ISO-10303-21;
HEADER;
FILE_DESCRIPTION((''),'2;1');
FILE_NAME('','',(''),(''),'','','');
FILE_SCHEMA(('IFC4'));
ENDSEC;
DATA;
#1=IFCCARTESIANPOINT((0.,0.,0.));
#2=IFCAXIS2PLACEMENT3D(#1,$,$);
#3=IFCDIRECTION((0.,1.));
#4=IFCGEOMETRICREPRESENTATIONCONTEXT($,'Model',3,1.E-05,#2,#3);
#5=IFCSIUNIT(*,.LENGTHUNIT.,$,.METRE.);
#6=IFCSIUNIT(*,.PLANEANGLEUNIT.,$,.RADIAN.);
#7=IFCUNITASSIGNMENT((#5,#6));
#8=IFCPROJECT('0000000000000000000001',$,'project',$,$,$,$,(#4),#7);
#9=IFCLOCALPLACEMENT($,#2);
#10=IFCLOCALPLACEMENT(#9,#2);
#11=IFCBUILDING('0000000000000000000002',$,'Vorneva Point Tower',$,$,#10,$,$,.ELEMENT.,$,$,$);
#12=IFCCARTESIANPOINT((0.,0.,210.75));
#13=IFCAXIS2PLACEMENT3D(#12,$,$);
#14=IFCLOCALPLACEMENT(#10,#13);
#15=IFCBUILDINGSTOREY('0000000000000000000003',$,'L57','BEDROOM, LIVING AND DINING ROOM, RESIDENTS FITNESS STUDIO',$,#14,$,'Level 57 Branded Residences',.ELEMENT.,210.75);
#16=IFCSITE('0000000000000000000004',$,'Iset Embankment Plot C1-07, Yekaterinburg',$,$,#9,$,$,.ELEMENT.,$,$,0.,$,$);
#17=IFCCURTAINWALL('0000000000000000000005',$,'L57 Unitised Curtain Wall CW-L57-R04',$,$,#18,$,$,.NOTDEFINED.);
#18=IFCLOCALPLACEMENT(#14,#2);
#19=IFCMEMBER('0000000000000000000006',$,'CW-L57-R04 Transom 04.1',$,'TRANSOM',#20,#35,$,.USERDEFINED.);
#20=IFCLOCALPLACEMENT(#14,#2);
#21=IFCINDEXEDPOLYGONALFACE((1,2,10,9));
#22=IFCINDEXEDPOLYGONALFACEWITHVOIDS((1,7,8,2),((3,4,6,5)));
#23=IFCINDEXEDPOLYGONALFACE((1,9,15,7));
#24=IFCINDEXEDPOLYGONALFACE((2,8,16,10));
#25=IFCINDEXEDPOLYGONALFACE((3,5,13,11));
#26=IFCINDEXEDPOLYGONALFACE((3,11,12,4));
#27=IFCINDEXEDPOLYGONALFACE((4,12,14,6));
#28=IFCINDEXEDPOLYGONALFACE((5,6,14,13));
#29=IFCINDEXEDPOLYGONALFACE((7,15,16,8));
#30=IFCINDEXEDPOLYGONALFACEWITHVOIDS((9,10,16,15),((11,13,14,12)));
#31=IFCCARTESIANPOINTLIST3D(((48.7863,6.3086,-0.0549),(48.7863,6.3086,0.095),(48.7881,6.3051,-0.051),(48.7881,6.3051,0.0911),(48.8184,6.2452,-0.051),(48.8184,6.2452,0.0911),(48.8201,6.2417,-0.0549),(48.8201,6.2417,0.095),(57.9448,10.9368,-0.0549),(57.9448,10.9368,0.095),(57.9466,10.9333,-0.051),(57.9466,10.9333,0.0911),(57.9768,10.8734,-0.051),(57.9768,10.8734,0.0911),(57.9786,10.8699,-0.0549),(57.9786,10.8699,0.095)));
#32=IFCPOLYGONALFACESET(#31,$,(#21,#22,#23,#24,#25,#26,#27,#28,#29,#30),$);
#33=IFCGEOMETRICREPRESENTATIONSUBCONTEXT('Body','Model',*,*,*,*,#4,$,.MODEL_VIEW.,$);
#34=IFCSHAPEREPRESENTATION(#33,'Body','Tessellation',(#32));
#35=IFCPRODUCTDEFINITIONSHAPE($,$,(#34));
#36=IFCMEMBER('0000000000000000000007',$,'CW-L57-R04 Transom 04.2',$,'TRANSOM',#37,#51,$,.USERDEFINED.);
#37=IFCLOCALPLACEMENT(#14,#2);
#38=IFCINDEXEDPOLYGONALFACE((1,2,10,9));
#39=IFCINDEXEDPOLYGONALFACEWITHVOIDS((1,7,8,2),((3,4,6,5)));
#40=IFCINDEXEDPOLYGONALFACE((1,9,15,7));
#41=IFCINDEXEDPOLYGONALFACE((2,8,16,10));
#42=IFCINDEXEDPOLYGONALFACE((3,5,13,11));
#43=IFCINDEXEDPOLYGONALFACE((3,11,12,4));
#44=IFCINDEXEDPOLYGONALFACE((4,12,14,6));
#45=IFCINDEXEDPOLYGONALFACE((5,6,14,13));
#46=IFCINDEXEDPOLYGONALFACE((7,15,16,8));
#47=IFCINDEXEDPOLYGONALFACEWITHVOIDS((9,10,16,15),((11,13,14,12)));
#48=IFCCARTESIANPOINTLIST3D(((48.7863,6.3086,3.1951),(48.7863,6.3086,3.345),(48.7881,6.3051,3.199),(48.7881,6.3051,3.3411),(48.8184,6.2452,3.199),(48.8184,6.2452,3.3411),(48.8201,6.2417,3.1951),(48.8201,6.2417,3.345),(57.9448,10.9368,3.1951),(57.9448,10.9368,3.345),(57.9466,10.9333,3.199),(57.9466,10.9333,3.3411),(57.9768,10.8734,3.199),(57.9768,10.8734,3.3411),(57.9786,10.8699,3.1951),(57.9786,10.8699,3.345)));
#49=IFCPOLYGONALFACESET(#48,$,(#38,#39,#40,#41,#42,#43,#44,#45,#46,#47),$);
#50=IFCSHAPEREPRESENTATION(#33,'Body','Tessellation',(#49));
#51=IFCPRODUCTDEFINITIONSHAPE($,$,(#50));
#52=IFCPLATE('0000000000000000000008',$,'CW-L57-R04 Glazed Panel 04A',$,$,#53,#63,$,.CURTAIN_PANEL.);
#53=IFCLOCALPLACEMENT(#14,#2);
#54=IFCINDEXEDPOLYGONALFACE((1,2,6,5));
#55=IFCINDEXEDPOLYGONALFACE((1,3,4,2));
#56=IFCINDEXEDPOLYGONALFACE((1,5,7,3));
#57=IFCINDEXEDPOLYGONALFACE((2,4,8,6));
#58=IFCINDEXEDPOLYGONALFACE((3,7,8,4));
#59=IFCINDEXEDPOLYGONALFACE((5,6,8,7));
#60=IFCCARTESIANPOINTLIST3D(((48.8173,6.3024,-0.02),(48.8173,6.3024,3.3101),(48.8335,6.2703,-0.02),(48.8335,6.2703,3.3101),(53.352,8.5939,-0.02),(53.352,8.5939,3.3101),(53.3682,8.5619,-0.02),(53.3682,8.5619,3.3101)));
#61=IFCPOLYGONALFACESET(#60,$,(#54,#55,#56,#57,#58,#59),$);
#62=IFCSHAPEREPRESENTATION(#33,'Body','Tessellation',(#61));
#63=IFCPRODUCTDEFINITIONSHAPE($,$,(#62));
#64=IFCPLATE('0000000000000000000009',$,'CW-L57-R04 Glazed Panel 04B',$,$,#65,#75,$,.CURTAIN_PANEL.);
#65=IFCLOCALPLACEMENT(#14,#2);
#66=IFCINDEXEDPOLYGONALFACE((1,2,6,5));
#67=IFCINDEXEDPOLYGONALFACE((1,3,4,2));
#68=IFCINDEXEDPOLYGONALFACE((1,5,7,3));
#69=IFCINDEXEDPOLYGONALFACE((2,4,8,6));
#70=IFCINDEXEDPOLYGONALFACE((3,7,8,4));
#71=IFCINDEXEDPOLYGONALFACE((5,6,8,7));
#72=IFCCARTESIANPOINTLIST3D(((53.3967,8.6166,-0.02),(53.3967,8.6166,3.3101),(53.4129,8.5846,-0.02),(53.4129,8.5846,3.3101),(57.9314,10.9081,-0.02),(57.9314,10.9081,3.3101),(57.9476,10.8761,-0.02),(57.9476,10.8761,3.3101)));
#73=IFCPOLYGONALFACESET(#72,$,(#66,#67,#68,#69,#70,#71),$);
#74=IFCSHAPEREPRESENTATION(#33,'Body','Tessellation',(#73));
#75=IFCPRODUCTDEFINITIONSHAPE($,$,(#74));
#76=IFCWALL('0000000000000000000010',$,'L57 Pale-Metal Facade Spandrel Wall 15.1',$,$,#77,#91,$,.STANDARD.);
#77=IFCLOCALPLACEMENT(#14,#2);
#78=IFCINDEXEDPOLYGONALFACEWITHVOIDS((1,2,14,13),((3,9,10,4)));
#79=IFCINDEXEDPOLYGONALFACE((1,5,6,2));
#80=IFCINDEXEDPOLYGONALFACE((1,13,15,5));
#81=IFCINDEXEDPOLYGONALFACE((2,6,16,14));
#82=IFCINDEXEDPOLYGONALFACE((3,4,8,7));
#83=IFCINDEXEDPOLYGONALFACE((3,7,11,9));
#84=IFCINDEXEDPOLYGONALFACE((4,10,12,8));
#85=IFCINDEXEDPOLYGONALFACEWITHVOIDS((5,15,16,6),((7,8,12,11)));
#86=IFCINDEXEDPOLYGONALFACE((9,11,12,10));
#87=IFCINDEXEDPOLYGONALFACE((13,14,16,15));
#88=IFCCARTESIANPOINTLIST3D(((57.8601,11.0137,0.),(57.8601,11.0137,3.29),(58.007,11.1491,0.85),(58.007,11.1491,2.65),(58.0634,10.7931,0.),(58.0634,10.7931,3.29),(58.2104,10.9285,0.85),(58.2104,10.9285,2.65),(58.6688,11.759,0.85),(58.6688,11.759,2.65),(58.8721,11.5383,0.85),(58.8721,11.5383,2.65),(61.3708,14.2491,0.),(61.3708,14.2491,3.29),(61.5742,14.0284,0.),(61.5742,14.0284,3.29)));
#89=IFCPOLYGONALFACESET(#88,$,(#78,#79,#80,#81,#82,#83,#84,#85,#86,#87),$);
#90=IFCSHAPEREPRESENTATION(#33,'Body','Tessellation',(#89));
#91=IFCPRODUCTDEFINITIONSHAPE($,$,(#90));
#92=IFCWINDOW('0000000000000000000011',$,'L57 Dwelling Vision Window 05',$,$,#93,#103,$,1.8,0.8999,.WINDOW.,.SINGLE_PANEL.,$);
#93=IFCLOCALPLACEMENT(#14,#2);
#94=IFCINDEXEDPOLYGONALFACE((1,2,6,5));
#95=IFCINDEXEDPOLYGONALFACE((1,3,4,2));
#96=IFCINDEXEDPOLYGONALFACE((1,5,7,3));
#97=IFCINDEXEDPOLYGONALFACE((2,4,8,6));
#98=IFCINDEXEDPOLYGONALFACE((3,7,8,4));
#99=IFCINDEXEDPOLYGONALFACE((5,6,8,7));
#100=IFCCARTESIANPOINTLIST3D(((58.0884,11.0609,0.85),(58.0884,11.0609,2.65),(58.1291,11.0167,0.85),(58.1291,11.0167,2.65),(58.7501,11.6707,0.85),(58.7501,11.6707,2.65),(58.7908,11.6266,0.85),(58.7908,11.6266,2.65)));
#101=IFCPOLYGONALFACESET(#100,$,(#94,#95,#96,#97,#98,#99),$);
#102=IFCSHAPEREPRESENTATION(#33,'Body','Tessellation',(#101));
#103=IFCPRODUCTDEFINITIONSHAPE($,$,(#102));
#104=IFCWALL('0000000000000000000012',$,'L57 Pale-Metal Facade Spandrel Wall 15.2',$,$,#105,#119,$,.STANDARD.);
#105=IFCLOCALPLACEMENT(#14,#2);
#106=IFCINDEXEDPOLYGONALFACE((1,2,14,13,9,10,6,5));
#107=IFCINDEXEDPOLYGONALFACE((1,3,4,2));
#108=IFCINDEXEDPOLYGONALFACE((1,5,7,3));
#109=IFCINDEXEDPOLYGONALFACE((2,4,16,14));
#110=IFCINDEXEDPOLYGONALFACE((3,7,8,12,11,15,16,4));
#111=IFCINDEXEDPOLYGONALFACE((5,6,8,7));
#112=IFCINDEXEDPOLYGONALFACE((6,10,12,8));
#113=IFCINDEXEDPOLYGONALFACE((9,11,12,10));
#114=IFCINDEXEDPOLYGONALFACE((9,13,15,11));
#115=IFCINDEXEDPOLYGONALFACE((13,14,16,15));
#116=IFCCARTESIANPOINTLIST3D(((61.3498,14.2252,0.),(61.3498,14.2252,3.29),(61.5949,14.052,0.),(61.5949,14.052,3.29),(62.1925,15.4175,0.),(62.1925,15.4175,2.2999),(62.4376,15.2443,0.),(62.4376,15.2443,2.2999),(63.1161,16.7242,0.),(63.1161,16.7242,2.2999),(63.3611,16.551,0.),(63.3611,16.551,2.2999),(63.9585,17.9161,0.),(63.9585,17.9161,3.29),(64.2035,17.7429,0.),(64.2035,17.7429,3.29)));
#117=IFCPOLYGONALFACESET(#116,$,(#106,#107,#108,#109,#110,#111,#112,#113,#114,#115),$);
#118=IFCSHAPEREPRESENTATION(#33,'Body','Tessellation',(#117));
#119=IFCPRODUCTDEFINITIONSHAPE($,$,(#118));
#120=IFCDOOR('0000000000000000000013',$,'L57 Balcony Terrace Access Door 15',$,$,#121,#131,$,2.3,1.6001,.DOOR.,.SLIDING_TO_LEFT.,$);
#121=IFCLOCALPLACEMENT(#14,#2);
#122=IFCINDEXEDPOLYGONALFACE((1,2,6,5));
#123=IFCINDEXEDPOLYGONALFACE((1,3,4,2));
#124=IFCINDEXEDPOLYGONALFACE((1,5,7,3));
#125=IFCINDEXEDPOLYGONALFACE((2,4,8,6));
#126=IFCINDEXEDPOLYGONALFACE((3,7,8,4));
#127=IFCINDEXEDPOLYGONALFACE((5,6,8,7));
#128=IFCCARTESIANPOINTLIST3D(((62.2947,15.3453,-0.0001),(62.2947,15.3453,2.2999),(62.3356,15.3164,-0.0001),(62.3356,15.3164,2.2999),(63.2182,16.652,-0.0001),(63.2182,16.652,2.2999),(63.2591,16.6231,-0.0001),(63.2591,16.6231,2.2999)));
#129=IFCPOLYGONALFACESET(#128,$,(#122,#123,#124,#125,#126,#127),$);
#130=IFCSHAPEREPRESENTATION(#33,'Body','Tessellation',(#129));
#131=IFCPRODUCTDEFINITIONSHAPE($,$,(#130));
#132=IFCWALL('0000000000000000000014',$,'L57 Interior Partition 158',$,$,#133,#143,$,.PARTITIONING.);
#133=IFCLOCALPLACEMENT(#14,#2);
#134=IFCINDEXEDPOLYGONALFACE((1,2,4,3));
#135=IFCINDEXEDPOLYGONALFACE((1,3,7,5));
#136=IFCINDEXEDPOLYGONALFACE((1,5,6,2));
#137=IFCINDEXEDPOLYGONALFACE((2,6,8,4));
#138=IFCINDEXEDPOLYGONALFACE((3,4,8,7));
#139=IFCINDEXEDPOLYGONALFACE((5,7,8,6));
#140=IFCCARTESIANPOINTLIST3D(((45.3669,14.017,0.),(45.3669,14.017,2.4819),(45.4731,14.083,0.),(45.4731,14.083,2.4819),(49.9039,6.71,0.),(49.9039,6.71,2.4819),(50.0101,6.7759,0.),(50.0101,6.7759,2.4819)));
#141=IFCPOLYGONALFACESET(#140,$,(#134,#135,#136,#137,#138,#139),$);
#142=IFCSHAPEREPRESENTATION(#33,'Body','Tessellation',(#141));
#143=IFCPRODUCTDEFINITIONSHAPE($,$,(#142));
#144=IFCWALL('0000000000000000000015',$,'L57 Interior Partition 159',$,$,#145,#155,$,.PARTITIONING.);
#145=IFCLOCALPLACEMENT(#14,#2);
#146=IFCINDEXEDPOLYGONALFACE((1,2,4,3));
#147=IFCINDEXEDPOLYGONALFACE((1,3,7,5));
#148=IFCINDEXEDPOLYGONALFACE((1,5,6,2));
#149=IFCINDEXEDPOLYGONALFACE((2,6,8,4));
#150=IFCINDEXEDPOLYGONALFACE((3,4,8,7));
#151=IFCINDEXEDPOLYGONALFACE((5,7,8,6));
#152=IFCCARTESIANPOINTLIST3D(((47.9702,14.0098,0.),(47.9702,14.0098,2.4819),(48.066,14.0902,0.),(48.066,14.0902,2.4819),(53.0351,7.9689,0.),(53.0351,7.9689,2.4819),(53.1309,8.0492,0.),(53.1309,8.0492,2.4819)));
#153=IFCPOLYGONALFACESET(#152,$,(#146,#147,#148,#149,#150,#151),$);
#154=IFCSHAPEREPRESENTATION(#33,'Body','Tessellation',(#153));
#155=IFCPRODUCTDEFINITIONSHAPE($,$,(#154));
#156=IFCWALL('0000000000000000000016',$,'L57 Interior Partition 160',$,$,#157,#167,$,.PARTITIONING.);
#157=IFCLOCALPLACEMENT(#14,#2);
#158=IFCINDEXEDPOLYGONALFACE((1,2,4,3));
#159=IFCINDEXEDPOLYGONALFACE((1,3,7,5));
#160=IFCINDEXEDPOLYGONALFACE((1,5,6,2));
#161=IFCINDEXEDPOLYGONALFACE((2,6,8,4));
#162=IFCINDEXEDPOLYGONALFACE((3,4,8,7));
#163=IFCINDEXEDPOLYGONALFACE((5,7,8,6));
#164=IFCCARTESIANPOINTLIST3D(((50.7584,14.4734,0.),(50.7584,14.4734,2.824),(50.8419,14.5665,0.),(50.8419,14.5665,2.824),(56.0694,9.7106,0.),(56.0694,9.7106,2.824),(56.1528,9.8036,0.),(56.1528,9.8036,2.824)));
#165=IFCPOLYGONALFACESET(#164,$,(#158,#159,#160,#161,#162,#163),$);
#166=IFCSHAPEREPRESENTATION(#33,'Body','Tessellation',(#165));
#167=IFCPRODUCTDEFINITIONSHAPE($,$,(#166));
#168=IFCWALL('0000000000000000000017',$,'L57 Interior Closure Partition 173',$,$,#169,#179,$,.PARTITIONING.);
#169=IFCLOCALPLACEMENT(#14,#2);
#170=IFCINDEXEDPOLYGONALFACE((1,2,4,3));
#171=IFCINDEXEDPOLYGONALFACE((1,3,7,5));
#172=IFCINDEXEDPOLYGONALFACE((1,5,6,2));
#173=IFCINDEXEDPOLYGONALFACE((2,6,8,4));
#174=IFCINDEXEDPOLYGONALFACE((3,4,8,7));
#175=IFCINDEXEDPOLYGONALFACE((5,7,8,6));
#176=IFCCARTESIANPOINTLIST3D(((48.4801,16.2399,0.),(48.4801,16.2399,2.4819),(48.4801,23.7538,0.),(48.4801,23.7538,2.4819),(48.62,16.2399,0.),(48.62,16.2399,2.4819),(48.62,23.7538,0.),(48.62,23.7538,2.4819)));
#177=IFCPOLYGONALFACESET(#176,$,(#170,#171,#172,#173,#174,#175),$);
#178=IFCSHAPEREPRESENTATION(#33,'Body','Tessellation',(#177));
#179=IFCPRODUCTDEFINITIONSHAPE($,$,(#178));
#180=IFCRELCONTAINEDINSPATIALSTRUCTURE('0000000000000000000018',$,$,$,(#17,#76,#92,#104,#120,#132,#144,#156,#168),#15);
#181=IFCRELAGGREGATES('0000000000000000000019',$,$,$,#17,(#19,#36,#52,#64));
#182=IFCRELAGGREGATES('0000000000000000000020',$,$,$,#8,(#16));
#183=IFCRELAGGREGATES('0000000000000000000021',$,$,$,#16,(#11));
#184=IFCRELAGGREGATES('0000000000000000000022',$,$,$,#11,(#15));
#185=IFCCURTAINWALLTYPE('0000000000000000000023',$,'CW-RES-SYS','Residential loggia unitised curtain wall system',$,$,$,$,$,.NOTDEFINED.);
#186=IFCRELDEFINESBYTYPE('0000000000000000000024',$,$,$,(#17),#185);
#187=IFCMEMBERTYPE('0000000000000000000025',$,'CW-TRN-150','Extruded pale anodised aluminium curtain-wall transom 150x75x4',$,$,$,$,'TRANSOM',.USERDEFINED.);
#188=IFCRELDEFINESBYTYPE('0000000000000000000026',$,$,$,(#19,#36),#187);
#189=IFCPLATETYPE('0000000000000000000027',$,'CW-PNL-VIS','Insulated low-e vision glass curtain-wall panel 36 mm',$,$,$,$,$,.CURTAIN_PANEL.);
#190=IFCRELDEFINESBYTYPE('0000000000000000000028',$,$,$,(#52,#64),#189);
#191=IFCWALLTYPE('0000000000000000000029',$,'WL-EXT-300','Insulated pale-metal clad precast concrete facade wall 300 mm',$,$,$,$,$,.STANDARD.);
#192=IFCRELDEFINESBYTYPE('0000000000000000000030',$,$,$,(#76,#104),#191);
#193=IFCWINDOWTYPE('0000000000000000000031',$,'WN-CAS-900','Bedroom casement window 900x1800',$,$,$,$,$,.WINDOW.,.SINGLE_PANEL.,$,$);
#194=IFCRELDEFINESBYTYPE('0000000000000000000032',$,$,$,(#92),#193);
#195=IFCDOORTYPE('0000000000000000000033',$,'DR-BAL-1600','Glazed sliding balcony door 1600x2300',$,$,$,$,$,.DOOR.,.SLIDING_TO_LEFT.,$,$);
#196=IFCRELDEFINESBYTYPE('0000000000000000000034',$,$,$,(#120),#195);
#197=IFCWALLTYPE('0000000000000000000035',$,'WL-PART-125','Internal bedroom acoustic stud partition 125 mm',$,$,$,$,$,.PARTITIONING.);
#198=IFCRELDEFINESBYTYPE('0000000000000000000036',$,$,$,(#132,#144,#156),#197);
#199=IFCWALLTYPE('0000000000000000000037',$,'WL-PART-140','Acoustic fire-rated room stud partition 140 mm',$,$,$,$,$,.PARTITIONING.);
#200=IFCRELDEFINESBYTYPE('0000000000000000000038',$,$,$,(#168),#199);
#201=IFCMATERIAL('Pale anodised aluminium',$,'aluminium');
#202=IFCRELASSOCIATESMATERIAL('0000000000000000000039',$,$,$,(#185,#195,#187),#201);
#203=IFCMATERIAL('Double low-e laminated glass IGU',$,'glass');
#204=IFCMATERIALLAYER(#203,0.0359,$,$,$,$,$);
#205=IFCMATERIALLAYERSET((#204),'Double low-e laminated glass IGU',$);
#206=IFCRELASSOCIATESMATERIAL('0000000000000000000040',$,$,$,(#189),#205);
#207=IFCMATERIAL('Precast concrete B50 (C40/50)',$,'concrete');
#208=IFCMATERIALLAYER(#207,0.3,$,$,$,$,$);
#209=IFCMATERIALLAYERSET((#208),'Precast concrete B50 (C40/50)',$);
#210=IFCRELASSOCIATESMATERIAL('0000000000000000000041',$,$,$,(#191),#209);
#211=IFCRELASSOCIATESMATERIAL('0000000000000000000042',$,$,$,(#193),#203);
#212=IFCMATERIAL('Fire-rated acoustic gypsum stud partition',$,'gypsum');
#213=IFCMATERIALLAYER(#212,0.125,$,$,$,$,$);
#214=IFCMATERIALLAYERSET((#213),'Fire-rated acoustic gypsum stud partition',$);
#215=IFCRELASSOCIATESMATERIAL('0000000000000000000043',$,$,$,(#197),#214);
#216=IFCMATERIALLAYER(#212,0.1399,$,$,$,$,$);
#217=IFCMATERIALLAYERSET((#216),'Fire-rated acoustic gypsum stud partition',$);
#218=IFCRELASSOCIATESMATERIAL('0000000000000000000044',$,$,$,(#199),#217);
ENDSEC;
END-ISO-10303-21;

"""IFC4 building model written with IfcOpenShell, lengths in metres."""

from ifc_helpers import new_model, si_unit, direction, frame, frame_2d, origin, origin_2d, place, context, subcontext, project, spatial, rectangle, hollow_rectangle, extrude, material, layer, layer_set, material_profile, profile_set, type_object, element, fill, aggregate, save


model = new_model("IFC4")

# Units and contexts
model_context = context("Model", 3, precision=1e-05, world=origin(), true_north=direction((0.0, 1.0)))
body_context = subcontext(model_context, "Body", "Model", "MODEL_VIEW")
ifc_project = project(units=[si_unit("LENGTHUNIT", "METRE"), si_unit("PLANEANGLEUNIT", "RADIAN")], contexts=[model_context])

# Site, building, storey
site_placement = place(None, origin())
site = spatial("IfcSite", under=ifc_project, at=site_placement, Name="Iset Embankment Plot C1-07, Yekaterinburg", CompositionType="ELEMENT", RefElevation=0.0)
building_placement = place(site_placement, origin())
building = spatial("IfcBuilding", under=site, at=building_placement, Name="Vorneva Point Tower", CompositionType="ELEMENT")
storey_placement = place(building_placement, frame((0.0, 0.0, 210.75)))
storey = spatial("IfcBuildingStorey", under=building, at=storey_placement, Name="L57", Description="BEDROOM, LIVING AND DINING ROOM, RESIDENTS FITNESS STUDIO", LongName="Level 57 Branded Residences", CompositionType="ELEMENT", Elevation=210.75)

# Curtain wall, members, plates
ifc_material_1 = material(Name="Pale anodised aluminium", Category="aluminium")
curtain_wall_type = type_object("IfcCurtainWallType", Name="CW-RES-SYS", Description="Residential loggia unitised curtain wall system", PredefinedType="NOTDEFINED", material=ifc_material_1)
curtain_wall_placement = place(storey_placement, origin())
curtain_wall = element("IfcCurtainWall", 1, at=curtain_wall_placement, inside=storey, type_object=curtain_wall_type, Name="L57 Unitised Curtain Wall CW-L57-R04", PredefinedType="NOTDEFINED")
ifc_material_profile_1 = material_profile(ifc_material_1, hollow_rectangle(XDim=0.075, YDim=0.1499, WallThickness=0.0039, at=origin_2d()), Name="AL-TRN 150x75x4")
ifc_profile_set_1 = profile_set([ifc_material_profile_1], Name="Pale anodised aluminium")
member_type_1 = type_object("IfcMemberType", Name="CW-TRN-150", Description="Extruded pale anodised aluminium curtain-wall transom 150x75x4", ElementType="TRANSOM", PredefinedType="USERDEFINED", material=ifc_profile_set_1)
member_1_placement = place(storey_placement, frame((48.8032, 6.2751, 0.02), z_axis=(0.892511, 0.451026, 0.0), x_axis=(-0.451026, 0.892511, 0.0)))
member_1 = element("IfcMember", 2, at=member_1_placement, type_object=member_type_1, Name="CW-L57-R04 Transom 04.1", ObjectType="TRANSOM", PredefinedType="USERDEFINED", context=body_context, shape_type="SweptSolid", body=[
    extrude(hollow_rectangle(XDim=0.075, YDim=0.1499, WallThickness=0.0039, at=origin_2d()), origin(), (0.0, 0.0, 1.0), 10.2615),
])
member_2_placement = place(storey_placement, frame((48.8032, 6.2751, 3.27), z_axis=(0.892511, 0.451026, 0.0), x_axis=(-0.451026, 0.892511, 0.0)))
member_2 = element("IfcMember", 3, at=member_2_placement, type_object=member_type_1, Name="CW-L57-R04 Transom 04.2", ObjectType="TRANSOM", PredefinedType="USERDEFINED", context=body_context, shape_type="SweptSolid", body=[
    extrude(hollow_rectangle(XDim=0.075, YDim=0.1499, WallThickness=0.0039, at=origin_2d()), origin(), (0.0, 0.0, 1.0), 10.2615),
])
ifc_material_2 = material(Name="Double low-e laminated glass IGU", Category="glass")
ifc_layer_1 = layer(ifc_material_2, 0.0359)
ifc_layer_set_1 = layer_set([ifc_layer_1], Name="Double low-e laminated glass IGU")
plate_type = type_object("IfcPlateType", Name="CW-PNL-VIS", Description="Insulated low-e vision glass curtain-wall panel 36 mm", PredefinedType="CURTAIN_PANEL", material=ifc_layer_set_1)
plate_1_placement = place(storey_placement, frame((51.0928, 7.4321, -0.02), z_axis=(0.0, 0.0, 1.0), x_axis=(0.892515, 0.451018, 0.0)))
plate_1 = element("IfcPlate", 4, at=plate_1_placement, type_object=plate_type, Name="CW-L57-R04 Glazed Panel 04A", PredefinedType="CURTAIN_PANEL", context=body_context, shape_type="SweptSolid", body=[
    extrude(rectangle(XDim=5.0808, YDim=0.0359, at=origin_2d()), origin(), (0.0, 0.0, 1.0), 3.3301),
])
plate_2_placement = place(storey_placement, frame((55.6721, 9.7463, -0.02), z_axis=(0.0, 0.0, 1.0), x_axis=(0.892515, 0.451018, 0.0)))
plate_2 = element("IfcPlate", 5, at=plate_2_placement, type_object=plate_type, Name="CW-L57-R04 Glazed Panel 04B", PredefinedType="CURTAIN_PANEL", context=body_context, shape_type="SweptSolid", body=[
    extrude(rectangle(XDim=5.0808, YDim=0.0359, at=origin_2d()), origin(), (0.0, 0.0, 1.0), 3.3301),
])
aggregate(curtain_wall, [member_1, member_2, plate_1, plate_2])

# Wall, opening, window
ifc_material_3 = material(Name="Precast concrete B50 (C40/50)", Category="concrete")
ifc_layer_2 = layer(ifc_material_3, 0.3)
ifc_layer_set_2 = layer_set([ifc_layer_2], Name="Precast concrete B50 (C40/50)")
wall_type_1 = type_object("IfcWallType", Name="WL-EXT-300", Description="Insulated pale-metal clad precast concrete facade wall 300 mm", PredefinedType="STANDARD", material=ifc_layer_set_2)
wall_1_placement = place(storey_placement, frame((57.9617, 10.9033, 0.0), z_axis=(0.0, 0.0, 1.0), x_axis=(0.73536, 0.677677, 0.0)))
wall_1 = element("IfcWall", 6, at=wall_1_placement, inside=storey, type_object=wall_type_1, Name="L57 Pale-Metal Facade Spandrel Wall 15.1", PredefinedType="STANDARD", context=body_context, shape_type="SweptSolid", body=[
    extrude(rectangle(XDim=4.7742, YDim=0.3, at=frame_2d((2.3872, 0.0))), origin(), (0.0, 0.0, 1.0), 3.29),
])
opening_1_placement = place(wall_1_placement, frame((0.2, 0.0, 0.8501)))
opening_1 = element("IfcOpeningElement", 7, at=opening_1_placement, cuts=wall_1, PredefinedType="OPENING", context=body_context, shape_type="SweptSolid", body=[
    extrude(rectangle(XDim=0.8999, YDim=1.8, at=frame_2d((0.45, 0.8999))), frame((0.0, 0.165, 0.0), z_axis=(0.0, -1.0, 0.0), x_axis=(1.0, 0.0, 0.0)), (0.0, 0.0, 1.0), 0.3298),
])
window_type = type_object("IfcWindowType", Name="WN-CAS-900", Description="Bedroom casement window 900x1800", PartitioningType="SINGLE_PANEL", PredefinedType="WINDOW", material=ifc_material_2)
window_placement = place(opening_1_placement, origin())
window = element("IfcWindow", 8, at=window_placement, inside=storey, type_object=window_type, Name="L57 Dwelling Vision Window 05", OverallHeight=1.8, OverallWidth=0.8999, PartitioningType="SINGLE_PANEL", PredefinedType="WINDOW", context=body_context, shape_type="SweptSolid", body=[
    extrude(rectangle(XDim=0.8999, YDim=1.8, at=frame_2d((0.45, 0.8999))), frame((0.0, 0.03, 0.0), z_axis=(0.0, -1.0, 0.0), x_axis=(1.0, 0.0, 0.0)), (0.0, 0.0, 1.0), 0.0601),
])
fill(opening_1, window)

# Wall, opening, door
wall_2_placement = place(storey_placement, frame((61.4724, 14.1387, 0.0), z_axis=(0.0, 0.0, 1.0), x_axis=(0.577169, 0.816625, 0.0)))
wall_2 = element("IfcWall", 9, at=wall_2_placement, inside=storey, type_object=wall_type_1, Name="L57 Pale-Metal Facade Spandrel Wall 15.2", PredefinedType="STANDARD", context=body_context, shape_type="SweptSolid", body=[
    extrude(rectangle(XDim=4.5198, YDim=0.3, at=frame_2d((2.2598, 0.0))), origin(), (0.0, 0.0, 1.0), 3.29),
])
opening_2_placement = place(wall_2_placement, frame((1.46, 0.0, 0.0)))
opening_2 = element("IfcOpeningElement", 10, at=opening_2_placement, cuts=wall_2, PredefinedType="OPENING", context=body_context, shape_type="SweptSolid", body=[
    extrude(rectangle(XDim=1.6001, YDim=2.3, at=frame_2d((0.8, 1.1499))), frame((0.0, 0.165, 0.0), z_axis=(0.0, -1.0, 0.0), x_axis=(1.0, 0.0, 0.0)), (0.0, 0.0, 1.0), 0.3298),
])
door_type_1 = type_object("IfcDoorType", Name="DR-BAL-1600", Description="Glazed sliding balcony door 1600x2300", OperationType="SLIDING_TO_LEFT", PredefinedType="DOOR", material=ifc_material_1)
door_1_placement = place(opening_2_placement, origin())
door_1 = element("IfcDoor", 11, at=door_1_placement, inside=storey, type_object=door_type_1, Name="L57 Balcony Terrace Access Door 15", OperationType="SLIDING_TO_LEFT", OverallHeight=2.3, OverallWidth=1.6001, PredefinedType="DOOR", context=body_context, shape_type="SweptSolid", body=[
    extrude(rectangle(XDim=1.6001, YDim=2.3, at=frame_2d((0.8, 1.1499))), frame((0.0, 0.0249, 0.0), z_axis=(0.0, -1.0, 0.0), x_axis=(1.0, 0.0, 0.0)), (0.0, 0.0, 1.0), 0.05),
])
fill(opening_2, door_1)

# Walls
ifc_material_4 = material(Name="Fire-rated acoustic gypsum stud partition", Category="gypsum")
ifc_layer_3 = layer(ifc_material_4, 0.125)
ifc_layer_set_3 = layer_set([ifc_layer_3], Name="Fire-rated acoustic gypsum stud partition")
wall_type_2 = type_object("IfcWallType", Name="WL-PART-125", Description="Internal bedroom acoustic stud partition 125 mm", PredefinedType="PARTITIONING", material=ifc_layer_set_3)
wall_3_placement = place(storey_placement, frame((49.957, 6.7429, 0.0), z_axis=(0.0, 0.0, 1.0), x_axis=(-0.527501, 0.849554, 0.0)))
element("IfcWall", 12, at=wall_3_placement, inside=storey, type_object=wall_type_2, Name="L57 Interior Partition 158", PredefinedType="PARTITIONING", context=body_context, shape_type="SweptSolid", body=[
    extrude(rectangle(XDim=8.6011, YDim=0.125, at=frame_2d((4.3005, 0.0))), origin(), (0.0, 0.0, 1.0), 2.4819),
])
wall_4_placement = place(storey_placement, frame((53.083, 8.009, 0.0), z_axis=(0.0, 0.0, 1.0), x_axis=(-0.642484, 0.766299, 0.0)))
element("IfcWall", 13, at=wall_4_placement, inside=storey, type_object=wall_type_2, Name="L57 Interior Partition 159", PredefinedType="PARTITIONING", context=body_context, shape_type="SweptSolid", body=[
    extrude(rectangle(XDim=7.8833, YDim=0.125, at=frame_2d((3.9417, 0.0))), origin(), (0.0, 0.0, 1.0), 2.4819),
])
wall_5_placement = place(storey_placement, frame((56.1111, 9.7571, 0.0), z_axis=(0.0, 0.0, 1.0), x_axis=(-0.744477, 0.667648, 0.0)))
element("IfcWall", 14, at=wall_5_placement, inside=storey, type_object=wall_type_2, Name="L57 Interior Partition 160", PredefinedType="PARTITIONING", context=body_context, shape_type="SweptSolid", body=[
    extrude(rectangle(XDim=7.1338, YDim=0.125, at=frame_2d((3.5669, 0.0))), origin(), (0.0, 0.0, 1.0), 2.824),
])
ifc_layer_4 = layer(ifc_material_4, 0.1399)
ifc_layer_set_4 = layer_set([ifc_layer_4], Name="Fire-rated acoustic gypsum stud partition")
wall_type_3 = type_object("IfcWallType", Name="WL-PART-140", Description="Acoustic fire-rated room stud partition 140 mm", PredefinedType="PARTITIONING", material=ifc_layer_set_4)
wall_6_placement = place(storey_placement, frame((48.55, 16.24, 0.0), z_axis=(0.0, 0.0, 1.0), x_axis=(0.0, 1.0, 0.0)))
element("IfcWall", 15, at=wall_6_placement, inside=storey, type_object=wall_type_3, Name="L57 Interior Closure Partition 173", PredefinedType="PARTITIONING", context=body_context, shape_type="SweptSolid", body=[
    extrude(rectangle(XDim=7.5139, YDim=0.1399, at=frame_2d((3.7568, 0.0))), origin(), (0.0, 0.0, 1.0), 2.4819),
])

save(model, "model.ifc")
